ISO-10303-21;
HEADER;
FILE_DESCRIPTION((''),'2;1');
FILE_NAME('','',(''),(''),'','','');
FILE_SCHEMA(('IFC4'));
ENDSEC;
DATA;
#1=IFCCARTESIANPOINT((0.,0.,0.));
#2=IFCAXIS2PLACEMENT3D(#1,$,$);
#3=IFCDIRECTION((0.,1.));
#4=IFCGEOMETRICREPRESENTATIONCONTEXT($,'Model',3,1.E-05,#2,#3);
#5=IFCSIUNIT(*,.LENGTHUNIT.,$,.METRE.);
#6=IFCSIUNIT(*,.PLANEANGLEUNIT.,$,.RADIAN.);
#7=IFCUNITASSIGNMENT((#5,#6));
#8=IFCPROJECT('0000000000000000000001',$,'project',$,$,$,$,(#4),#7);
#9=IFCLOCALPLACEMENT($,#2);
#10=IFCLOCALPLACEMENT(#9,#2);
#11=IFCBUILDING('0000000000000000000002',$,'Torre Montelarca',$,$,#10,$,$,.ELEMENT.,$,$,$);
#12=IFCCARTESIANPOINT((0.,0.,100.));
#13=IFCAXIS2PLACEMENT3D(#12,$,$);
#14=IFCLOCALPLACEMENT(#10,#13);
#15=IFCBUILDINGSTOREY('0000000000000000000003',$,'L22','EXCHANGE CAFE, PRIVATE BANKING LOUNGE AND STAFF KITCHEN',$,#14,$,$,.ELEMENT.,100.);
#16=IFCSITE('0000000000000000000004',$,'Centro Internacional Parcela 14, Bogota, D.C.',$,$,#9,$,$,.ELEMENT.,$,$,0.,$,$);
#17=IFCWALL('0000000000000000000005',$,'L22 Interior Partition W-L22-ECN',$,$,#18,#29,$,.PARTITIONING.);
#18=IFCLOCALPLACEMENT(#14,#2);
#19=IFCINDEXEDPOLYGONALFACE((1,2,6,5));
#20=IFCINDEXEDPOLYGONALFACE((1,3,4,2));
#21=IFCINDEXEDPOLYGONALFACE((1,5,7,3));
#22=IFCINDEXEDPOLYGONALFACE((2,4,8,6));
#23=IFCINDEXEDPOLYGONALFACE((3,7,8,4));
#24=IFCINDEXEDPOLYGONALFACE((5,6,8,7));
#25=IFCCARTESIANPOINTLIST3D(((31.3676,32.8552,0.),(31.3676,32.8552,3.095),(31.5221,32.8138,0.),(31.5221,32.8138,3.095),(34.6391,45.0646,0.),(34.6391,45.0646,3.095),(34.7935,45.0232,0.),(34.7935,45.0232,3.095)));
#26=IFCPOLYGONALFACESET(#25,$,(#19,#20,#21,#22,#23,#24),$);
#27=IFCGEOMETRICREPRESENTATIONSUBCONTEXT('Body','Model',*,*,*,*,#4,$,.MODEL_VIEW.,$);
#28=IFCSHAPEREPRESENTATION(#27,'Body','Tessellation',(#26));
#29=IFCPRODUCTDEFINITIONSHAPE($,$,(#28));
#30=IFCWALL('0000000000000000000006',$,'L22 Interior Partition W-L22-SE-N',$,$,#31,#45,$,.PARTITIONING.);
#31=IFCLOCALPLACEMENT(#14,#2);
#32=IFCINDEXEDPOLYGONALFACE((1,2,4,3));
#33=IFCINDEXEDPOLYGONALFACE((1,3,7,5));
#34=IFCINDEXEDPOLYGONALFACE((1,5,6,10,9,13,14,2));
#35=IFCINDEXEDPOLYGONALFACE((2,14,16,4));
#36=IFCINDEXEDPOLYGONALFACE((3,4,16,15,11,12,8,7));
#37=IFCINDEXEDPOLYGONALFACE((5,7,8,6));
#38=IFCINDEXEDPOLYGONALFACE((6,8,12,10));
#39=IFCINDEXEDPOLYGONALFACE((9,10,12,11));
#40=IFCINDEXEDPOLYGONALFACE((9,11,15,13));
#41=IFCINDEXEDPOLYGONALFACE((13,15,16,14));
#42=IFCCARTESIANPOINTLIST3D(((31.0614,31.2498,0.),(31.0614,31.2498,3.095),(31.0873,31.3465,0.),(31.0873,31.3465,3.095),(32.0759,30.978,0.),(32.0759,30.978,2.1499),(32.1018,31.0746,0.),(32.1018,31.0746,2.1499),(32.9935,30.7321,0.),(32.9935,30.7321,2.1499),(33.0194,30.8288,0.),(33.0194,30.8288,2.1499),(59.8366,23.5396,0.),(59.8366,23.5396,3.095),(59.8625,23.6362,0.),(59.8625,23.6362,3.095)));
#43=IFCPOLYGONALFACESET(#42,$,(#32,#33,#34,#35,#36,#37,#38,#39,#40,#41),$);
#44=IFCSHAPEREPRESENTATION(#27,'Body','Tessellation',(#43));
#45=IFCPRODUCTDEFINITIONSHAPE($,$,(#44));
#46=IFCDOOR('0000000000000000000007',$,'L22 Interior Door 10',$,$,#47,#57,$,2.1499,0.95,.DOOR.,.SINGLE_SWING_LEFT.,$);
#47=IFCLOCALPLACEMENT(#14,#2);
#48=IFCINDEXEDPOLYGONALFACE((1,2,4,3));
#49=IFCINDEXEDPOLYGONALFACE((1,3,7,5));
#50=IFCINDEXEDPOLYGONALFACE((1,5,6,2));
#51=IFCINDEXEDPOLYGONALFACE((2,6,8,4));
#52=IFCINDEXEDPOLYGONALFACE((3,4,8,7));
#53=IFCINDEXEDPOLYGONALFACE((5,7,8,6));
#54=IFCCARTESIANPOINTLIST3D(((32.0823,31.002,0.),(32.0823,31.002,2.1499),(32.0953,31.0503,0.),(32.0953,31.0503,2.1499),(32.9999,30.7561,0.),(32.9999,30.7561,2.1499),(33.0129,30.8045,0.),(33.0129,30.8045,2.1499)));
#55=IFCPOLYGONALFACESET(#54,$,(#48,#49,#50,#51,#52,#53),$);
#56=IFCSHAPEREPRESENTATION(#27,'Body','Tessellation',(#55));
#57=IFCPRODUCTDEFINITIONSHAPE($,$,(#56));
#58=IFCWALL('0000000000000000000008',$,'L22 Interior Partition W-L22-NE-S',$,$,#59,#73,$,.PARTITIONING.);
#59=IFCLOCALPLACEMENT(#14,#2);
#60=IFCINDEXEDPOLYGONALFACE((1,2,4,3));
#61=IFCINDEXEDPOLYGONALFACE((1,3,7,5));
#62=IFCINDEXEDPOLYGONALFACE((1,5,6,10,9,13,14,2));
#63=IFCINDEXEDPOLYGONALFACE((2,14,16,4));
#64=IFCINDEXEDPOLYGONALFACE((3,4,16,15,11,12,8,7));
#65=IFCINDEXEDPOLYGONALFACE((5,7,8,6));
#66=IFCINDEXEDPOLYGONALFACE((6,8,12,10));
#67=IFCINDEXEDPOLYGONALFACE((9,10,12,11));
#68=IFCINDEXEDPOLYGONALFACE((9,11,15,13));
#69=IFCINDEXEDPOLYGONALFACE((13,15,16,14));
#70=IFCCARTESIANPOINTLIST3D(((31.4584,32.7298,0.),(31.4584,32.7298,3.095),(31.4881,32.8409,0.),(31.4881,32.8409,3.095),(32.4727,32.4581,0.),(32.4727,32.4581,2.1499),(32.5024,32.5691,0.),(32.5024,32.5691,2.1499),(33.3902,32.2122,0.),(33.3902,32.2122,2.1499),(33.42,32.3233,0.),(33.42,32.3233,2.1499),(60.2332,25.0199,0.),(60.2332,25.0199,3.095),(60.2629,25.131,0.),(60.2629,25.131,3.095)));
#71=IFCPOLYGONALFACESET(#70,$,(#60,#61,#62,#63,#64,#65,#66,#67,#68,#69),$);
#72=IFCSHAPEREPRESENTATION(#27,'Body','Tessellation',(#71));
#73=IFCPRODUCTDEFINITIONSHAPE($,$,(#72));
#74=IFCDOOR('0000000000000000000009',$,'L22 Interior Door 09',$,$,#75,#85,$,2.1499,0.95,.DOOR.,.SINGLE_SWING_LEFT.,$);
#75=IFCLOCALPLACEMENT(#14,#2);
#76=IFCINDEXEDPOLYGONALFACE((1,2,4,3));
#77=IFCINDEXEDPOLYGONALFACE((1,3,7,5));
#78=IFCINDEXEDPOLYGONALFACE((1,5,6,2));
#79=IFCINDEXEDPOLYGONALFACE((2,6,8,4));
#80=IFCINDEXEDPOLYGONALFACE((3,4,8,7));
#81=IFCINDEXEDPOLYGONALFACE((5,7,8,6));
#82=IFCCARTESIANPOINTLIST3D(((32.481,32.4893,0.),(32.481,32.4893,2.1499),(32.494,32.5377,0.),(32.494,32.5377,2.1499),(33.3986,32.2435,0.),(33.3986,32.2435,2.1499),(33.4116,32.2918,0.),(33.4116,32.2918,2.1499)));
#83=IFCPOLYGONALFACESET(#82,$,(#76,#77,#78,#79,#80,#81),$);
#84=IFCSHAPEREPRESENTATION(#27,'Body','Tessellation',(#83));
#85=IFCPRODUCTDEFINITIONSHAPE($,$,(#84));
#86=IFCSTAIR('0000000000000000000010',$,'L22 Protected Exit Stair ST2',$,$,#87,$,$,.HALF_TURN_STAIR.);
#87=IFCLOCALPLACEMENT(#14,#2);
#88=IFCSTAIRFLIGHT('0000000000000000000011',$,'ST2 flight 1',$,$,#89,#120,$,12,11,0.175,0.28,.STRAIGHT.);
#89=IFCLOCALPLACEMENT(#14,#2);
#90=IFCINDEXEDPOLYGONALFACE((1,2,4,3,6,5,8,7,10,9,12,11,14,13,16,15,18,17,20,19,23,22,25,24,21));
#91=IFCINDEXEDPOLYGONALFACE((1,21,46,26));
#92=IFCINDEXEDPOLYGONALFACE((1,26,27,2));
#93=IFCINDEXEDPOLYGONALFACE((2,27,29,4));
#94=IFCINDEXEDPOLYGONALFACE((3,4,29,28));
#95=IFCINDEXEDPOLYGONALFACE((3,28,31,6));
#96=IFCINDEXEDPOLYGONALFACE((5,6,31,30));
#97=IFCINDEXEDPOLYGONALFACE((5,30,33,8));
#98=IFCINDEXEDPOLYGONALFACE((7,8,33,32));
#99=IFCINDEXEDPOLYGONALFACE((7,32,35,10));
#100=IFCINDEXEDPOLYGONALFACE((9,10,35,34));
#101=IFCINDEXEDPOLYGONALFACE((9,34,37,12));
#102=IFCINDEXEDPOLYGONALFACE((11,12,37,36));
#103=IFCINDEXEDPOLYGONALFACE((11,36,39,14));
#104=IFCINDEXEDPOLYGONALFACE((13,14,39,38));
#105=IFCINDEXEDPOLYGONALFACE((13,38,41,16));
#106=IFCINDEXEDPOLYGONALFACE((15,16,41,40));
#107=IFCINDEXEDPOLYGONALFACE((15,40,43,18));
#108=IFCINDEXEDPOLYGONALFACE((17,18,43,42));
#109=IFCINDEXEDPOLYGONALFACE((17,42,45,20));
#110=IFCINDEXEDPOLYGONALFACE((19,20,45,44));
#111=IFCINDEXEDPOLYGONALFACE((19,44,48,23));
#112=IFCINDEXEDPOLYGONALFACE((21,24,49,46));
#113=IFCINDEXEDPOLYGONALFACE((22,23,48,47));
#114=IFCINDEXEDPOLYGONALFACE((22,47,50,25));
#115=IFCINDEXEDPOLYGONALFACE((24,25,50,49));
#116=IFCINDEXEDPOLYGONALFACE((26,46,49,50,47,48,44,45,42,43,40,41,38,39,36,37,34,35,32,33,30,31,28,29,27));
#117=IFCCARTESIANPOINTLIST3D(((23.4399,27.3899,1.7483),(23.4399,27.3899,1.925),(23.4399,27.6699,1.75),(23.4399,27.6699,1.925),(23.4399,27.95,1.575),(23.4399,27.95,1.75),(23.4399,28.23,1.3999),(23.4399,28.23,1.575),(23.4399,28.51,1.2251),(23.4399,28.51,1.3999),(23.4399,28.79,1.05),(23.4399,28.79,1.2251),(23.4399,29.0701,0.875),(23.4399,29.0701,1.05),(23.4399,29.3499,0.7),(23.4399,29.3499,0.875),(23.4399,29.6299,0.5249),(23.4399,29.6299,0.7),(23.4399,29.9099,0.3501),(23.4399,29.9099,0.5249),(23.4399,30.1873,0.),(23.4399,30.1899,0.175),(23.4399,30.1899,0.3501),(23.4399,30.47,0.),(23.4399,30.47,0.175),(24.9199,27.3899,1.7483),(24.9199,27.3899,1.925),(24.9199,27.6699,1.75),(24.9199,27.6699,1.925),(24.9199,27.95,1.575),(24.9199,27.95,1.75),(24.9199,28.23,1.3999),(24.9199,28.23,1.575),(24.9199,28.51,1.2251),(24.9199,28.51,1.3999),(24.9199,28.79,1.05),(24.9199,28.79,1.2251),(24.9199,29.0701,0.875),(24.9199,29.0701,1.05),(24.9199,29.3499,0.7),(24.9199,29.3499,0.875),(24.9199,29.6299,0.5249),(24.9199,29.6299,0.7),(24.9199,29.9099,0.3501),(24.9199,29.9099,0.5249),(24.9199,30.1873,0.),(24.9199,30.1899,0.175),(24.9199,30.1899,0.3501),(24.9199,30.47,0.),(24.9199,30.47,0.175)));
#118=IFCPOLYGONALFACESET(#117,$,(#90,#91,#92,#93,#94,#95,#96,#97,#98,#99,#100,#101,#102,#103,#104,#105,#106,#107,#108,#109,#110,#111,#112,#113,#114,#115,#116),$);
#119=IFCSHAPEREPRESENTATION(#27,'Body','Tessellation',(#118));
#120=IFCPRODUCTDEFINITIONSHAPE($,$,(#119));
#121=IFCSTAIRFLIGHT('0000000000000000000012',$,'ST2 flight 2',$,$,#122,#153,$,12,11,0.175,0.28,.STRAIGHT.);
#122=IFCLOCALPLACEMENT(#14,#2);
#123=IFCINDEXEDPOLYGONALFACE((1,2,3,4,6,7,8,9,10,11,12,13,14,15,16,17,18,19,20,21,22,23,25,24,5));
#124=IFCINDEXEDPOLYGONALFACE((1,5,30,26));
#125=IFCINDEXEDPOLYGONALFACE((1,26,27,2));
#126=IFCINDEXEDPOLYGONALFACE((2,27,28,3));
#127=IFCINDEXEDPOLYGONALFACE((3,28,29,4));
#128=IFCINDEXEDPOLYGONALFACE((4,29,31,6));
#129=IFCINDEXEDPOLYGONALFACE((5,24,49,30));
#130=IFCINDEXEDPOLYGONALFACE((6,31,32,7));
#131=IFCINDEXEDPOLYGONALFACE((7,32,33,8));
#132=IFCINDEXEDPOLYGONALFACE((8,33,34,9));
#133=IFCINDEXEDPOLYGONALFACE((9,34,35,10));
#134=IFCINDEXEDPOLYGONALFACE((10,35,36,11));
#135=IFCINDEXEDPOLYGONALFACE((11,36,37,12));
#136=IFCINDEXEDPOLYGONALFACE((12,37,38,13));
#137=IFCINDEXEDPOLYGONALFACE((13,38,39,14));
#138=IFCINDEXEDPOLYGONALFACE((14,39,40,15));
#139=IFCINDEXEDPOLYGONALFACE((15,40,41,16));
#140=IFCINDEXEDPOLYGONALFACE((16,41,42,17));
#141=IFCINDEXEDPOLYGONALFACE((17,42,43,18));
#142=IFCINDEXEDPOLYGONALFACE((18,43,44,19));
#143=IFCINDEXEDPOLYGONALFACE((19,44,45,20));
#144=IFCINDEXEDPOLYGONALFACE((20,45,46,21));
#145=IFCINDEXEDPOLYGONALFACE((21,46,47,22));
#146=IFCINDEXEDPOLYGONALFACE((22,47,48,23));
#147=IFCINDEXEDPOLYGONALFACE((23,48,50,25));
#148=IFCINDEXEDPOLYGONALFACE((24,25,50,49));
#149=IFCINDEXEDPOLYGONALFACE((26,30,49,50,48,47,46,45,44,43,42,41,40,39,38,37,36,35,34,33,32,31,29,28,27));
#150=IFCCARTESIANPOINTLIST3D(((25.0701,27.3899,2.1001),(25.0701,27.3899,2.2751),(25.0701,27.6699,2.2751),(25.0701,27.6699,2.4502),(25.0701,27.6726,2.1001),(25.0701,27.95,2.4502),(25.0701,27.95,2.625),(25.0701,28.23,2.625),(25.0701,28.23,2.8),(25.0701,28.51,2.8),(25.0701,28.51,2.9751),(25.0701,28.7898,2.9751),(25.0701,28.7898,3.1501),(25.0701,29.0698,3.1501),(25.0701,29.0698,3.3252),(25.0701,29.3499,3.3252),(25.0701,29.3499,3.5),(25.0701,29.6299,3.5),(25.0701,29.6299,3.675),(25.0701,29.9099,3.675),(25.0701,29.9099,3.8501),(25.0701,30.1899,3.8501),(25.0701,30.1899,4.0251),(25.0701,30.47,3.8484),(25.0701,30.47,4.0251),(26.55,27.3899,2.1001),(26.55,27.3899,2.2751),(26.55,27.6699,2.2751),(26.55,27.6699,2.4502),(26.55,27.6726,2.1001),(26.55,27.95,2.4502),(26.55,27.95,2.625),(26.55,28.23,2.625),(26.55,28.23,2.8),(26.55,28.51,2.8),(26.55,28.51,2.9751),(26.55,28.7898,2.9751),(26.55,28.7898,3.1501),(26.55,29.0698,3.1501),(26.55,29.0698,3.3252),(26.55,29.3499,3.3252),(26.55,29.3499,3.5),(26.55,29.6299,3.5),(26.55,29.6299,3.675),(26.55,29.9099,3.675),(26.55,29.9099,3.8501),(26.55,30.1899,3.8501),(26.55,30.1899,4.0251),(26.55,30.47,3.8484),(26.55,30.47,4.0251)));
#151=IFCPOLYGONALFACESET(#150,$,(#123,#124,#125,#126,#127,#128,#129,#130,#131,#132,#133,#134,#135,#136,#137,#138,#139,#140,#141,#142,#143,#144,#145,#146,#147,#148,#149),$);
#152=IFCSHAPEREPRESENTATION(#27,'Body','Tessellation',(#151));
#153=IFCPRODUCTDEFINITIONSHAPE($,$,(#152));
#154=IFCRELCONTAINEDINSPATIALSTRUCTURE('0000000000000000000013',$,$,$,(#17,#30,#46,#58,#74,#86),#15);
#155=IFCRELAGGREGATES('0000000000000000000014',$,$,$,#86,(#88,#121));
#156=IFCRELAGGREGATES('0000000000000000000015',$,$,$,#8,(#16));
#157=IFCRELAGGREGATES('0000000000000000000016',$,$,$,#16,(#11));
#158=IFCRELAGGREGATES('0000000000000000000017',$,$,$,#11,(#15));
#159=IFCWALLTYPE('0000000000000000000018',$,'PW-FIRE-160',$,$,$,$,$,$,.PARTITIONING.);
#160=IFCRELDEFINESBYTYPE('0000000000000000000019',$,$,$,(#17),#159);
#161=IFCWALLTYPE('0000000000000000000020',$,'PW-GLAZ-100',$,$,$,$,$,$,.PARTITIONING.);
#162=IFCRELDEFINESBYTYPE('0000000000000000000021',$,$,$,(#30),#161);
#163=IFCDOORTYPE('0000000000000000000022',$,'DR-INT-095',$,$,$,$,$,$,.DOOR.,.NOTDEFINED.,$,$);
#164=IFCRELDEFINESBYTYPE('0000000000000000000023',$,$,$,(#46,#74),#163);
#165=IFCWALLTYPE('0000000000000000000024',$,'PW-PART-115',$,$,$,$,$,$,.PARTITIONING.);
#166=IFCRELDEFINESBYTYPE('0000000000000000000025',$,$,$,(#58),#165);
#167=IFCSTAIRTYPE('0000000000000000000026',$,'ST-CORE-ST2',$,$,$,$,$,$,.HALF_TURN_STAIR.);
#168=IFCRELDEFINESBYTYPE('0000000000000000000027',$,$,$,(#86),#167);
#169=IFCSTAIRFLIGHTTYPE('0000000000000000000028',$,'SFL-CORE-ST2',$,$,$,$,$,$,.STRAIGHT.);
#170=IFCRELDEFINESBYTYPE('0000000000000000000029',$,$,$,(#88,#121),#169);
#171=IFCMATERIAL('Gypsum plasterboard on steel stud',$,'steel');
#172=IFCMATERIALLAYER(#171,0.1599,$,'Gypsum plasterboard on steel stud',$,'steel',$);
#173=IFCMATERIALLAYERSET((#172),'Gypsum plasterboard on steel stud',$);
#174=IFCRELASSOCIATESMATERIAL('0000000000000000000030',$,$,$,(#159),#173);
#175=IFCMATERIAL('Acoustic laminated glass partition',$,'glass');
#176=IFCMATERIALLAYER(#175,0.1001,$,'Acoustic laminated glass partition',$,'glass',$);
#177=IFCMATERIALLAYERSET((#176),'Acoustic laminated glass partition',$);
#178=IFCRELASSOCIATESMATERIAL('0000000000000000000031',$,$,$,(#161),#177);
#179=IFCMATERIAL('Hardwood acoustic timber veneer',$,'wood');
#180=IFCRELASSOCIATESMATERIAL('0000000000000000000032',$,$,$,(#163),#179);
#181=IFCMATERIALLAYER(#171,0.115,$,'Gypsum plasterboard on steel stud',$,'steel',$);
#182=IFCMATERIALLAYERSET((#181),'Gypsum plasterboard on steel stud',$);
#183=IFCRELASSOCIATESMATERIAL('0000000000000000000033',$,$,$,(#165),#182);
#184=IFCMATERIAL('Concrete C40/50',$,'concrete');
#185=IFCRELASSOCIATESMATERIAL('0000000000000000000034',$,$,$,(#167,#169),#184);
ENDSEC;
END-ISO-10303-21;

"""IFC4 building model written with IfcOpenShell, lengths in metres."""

from ifc_helpers import new_model, si_unit, direction, frame, frame_2d, origin, place, context, subcontext, project, spatial, polyline, rectangle, outline, extrude, source, transform, mapped, material, layer, layer_set, type_object, element, fill, aggregate, save


model = new_model("IFC4")

# Units and contexts
model_context = context("Model", 3, precision=1e-05, world=origin(), true_north=direction((0.0, 1.0)))
body_context = subcontext(model_context, "Body", "Model", "MODEL_VIEW")
ifc_project = project(units=[si_unit("LENGTHUNIT", "METRE"), si_unit("PLANEANGLEUNIT", "RADIAN")], contexts=[model_context])

# Site, building, storey
site_placement = place(None, origin())
site = spatial("IfcSite", under=ifc_project, at=site_placement, Name="Centro Internacional Parcela 14, Bogota, D.C.", CompositionType="ELEMENT", RefElevation=0.0)
building_placement = place(site_placement, origin())
building = spatial("IfcBuilding", under=site, at=building_placement, Name="Torre Montelarca", CompositionType="ELEMENT")
storey_placement = place(building_placement, frame((0.0, 0.0, 100.0)))
storey = spatial("IfcBuildingStorey", under=building, at=storey_placement, Name="L22", Description="EXCHANGE CAFE, PRIVATE BANKING LOUNGE AND STAFF KITCHEN", CompositionType="ELEMENT", Elevation=100.0)

# Shared definitions
ifc_material_1 = material(Name="Concrete C40/50", Category="concrete")

# Wall
ifc_material_2 = material(Name="Gypsum plasterboard on steel stud", Category="steel")
ifc_layer_1 = layer(ifc_material_2, 0.1599, Name="Gypsum plasterboard on steel stud", Category="steel")
ifc_layer_set_1 = layer_set([ifc_layer_1], Name="Gypsum plasterboard on steel stud")
wall_type_1 = type_object("IfcWallType", Name="PW-FIRE-160", PredefinedType="PARTITIONING", material=ifc_layer_set_1)
wall_1_placement = place(storey_placement, frame((31.4448, 32.8345, 0.0), z_axis=(0.0, 0.0, 1.0), x_axis=(0.258817, 0.965926, 0.0)))
element("IfcWall", 1, at=wall_1_placement, inside=storey, type_object=wall_type_1, Name="L22 Interior Partition W-L22-ECN", PredefinedType="PARTITIONING", context=body_context, shape_type="SweptSolid", body=[
    extrude(rectangle(XDim=12.6401, YDim=0.1599, at=frame_2d((6.3201, 0.0))), origin(), (0.0, 0.0, 1.0), 3.095),
])

# Walls, openings, doors
ifc_material_3 = material(Name="Acoustic laminated glass partition", Category="glass")
ifc_layer_2 = layer(ifc_material_3, 0.1001, Name="Acoustic laminated glass partition", Category="glass")
ifc_layer_set_2 = layer_set([ifc_layer_2], Name="Acoustic laminated glass partition")
wall_type_2 = type_object("IfcWallType", Name="PW-GLAZ-100", PredefinedType="PARTITIONING", material=ifc_layer_set_2)
wall_2_placement = place(storey_placement, frame((31.0745, 31.2981, 0.0), z_axis=(0.0, 0.0, 1.0), x_axis=(0.965926, -0.258817, 0.0)))
wall_2 = element("IfcWall", 2, at=wall_2_placement, inside=storey, type_object=wall_type_2, Name="L22 Interior Partition W-L22-SE-N", PredefinedType="PARTITIONING", context=body_context, shape_type="SweptSolid", body=[
    extrude(rectangle(XDim=29.7903, YDim=0.1001, at=frame_2d((14.895, 0.0))), origin(), (0.0, 0.0, 1.0), 3.095),
])
opening_1_placement = place(wall_2_placement, frame((1.05, 0.0, 0.0)))
opening_1 = element("IfcOpeningElement", 3, at=opening_1_placement, cuts=wall_2, PredefinedType="OPENING", context=body_context, shape_type="SweptSolid", body=[
    extrude(rectangle(XDim=0.95, YDim=2.1499, at=frame_2d((0.4751, 1.075))), frame((0.0, 0.0601, 0.0), z_axis=(0.0, -1.0, 0.0), x_axis=(1.0, 0.0, 0.0)), (0.0, 0.0, 1.0), 0.1201),
])
ifc_material_4 = material(Name="Hardwood acoustic timber veneer", Category="wood")
door_type_1 = type_object("IfcDoorType", Name="DR-INT-095", OperationType="NOTDEFINED", PredefinedType="DOOR", material=ifc_material_4)
shared_shape_1 = source(origin(), body_context, "Body", "SweptSolid", [
    extrude(rectangle(XDim=0.95, YDim=2.1499, at=frame_2d((0.4751, 1.075))), frame((0.0, 0.0249, 0.0), z_axis=(0.0, -1.0, 0.0), x_axis=(1.0, 0.0, 0.0)), (0.0, 0.0, 1.0), 0.05),
])
door_1_placement = place(opening_1_placement, origin())
door_1 = element("IfcDoor", 4, at=door_1_placement, inside=storey, type_object=door_type_1, Name="L22 Interior Door 10", OperationType="SINGLE_SWING_LEFT", OverallHeight=2.1499, OverallWidth=0.95, PredefinedType="DOOR", context=body_context, shape_type="MappedRepresentation", body=[
    mapped(shared_shape_1, transform((0.0, 0.0, 0.0), scale=1.0)),
])
fill(opening_1, door_1)
ifc_layer_3 = layer(ifc_material_2, 0.115, Name="Gypsum plasterboard on steel stud", Category="steel")
ifc_layer_set_3 = layer_set([ifc_layer_3], Name="Gypsum plasterboard on steel stud")
wall_type_3 = type_object("IfcWallType", Name="PW-PART-115", PredefinedType="PARTITIONING", material=ifc_layer_set_3)
wall_3_placement = place(storey_placement, frame((31.4731, 32.7854, 0.0), z_axis=(0.0, 0.0, 1.0), x_axis=(0.965928, -0.258811, 0.0)))
wall_3 = element("IfcWall", 5, at=wall_3_placement, inside=storey, type_object=wall_type_3, Name="L22 Interior Partition W-L22-NE-S", PredefinedType="PARTITIONING", context=body_context, shape_type="SweptSolid", body=[
    extrude(rectangle(XDim=29.7898, YDim=0.115, at=frame_2d((14.895, 0.0))), origin(), (0.0, 0.0, 1.0), 3.095),
])
opening_2_placement = place(wall_3_placement, frame((1.05, 0.0, 0.0)))
opening_2 = element("IfcOpeningElement", 6, at=opening_2_placement, cuts=wall_3, PredefinedType="OPENING", context=body_context, shape_type="SweptSolid", body=[
    extrude(rectangle(XDim=0.95, YDim=2.1499, at=frame_2d((0.4751, 1.075))), frame((0.0, 0.0674, 0.0), z_axis=(0.0, -1.0, 0.0), x_axis=(1.0, 0.0, 0.0)), (0.0, 0.0, 1.0), 0.135),
])
door_2_placement = place(opening_2_placement, origin())
door_2 = element("IfcDoor", 7, at=door_2_placement, inside=storey, type_object=door_type_1, Name="L22 Interior Door 09", OperationType="SINGLE_SWING_LEFT", OverallHeight=2.1499, OverallWidth=0.95, PredefinedType="DOOR", context=body_context, shape_type="MappedRepresentation", body=[
    mapped(shared_shape_1, transform((0.0, 0.0, 0.0), scale=1.0)),
])
fill(opening_2, door_2)

# Stair, stair flights
stair_type = type_object("IfcStairType", Name="ST-CORE-ST2", PredefinedType="HALF_TURN_STAIR", material=ifc_material_1)
stair_placement = place(storey_placement, origin())
stair = element("IfcStair", 8, at=stair_placement, inside=storey, type_object=stair_type, Name="L22 Protected Exit Stair ST2", PredefinedType="HALF_TURN_STAIR")
stair_flight_type = type_object("IfcStairFlightType", Name="SFL-CORE-ST2", PredefinedType="STRAIGHT", material=ifc_material_1)
stair_flight_1_placement = place(storey_placement, frame((24.1799, 30.47, 0.0), z_axis=(0.0, 0.0, 1.0), x_axis=(0.0, -1.0, 0.0)))
stair_flight_1 = element("IfcStairFlight", 9, at=stair_flight_1_placement, type_object=stair_flight_type, Name="ST2 flight 1", NumberOfRisers=12, NumberOfTreads=11, PredefinedType="STRAIGHT", RiserHeight=0.175, TreadLength=0.28, context=body_context, shape_type="SweptSolid", body=[
    extrude(outline(polyline([(0.0, 0.0), (0.0, 0.175), (0.28, 0.175), (0.28, 0.3501), (0.5601, 0.3501), (0.5601, 0.5249), (0.8401, 0.5249), (0.8401, 0.7), (1.1201, 0.7), (1.1201, 0.875), (1.3999, 0.875), (1.3999, 1.05), (1.6799, 1.05), (1.6799, 1.2251), (1.96, 1.2251), (1.96, 1.3999), (2.24, 1.3999), (2.24, 1.575), (2.52, 1.575), (2.52, 1.75), (2.8, 1.75), (2.8, 1.925), (3.0801, 1.925), (3.0801, 2.1001), (3.0801, 1.7483), (0.2827, 0.0), (0.0, 0.0)])), frame((0.0, 0.74, 0.0), z_axis=(0.0, -1.0, 0.0), x_axis=(1.0, 0.0, 0.0)), (0.0, 0.0, 1.0), 1.48),
])
stair_flight_2_placement = place(storey_placement, frame((25.8101, 27.3899, 2.1001), z_axis=(0.0, 0.0, 1.0), x_axis=(0.0, 1.0, 0.0)))
stair_flight_2 = element("IfcStairFlight", 10, at=stair_flight_2_placement, type_object=stair_flight_type, Name="ST2 flight 2", NumberOfRisers=12, NumberOfTreads=11, PredefinedType="STRAIGHT", RiserHeight=0.175, TreadLength=0.28, context=body_context, shape_type="SweptSolid", body=[
    extrude(outline(polyline([(0.0, 0.0), (0.0, 0.175), (0.28, 0.175), (0.28, 0.3501), (0.5601, 0.3501), (0.5601, 0.5249), (0.8401, 0.5249), (0.8401, 0.7), (1.1201, 0.7), (1.1201, 0.875), (1.3999, 0.875), (1.3999, 1.05), (1.6799, 1.05), (1.6799, 1.2251), (1.96, 1.2251), (1.96, 1.3999), (2.24, 1.3999), (2.24, 1.575), (2.52, 1.575), (2.52, 1.75), (2.8, 1.75), (2.8, 1.925), (3.0801, 1.925), (3.0801, 2.1001), (3.0801, 1.7483), (0.2827, 0.0), (0.0, 0.0)])), frame((0.0, 0.74, 0.0), z_axis=(0.0, -1.0, 0.0), x_axis=(1.0, 0.0, 0.0)), (0.0, 0.0, 1.0), 1.48),
])
aggregate(stair, [stair_flight_1, stair_flight_2])

save(model, "model.ifc")
